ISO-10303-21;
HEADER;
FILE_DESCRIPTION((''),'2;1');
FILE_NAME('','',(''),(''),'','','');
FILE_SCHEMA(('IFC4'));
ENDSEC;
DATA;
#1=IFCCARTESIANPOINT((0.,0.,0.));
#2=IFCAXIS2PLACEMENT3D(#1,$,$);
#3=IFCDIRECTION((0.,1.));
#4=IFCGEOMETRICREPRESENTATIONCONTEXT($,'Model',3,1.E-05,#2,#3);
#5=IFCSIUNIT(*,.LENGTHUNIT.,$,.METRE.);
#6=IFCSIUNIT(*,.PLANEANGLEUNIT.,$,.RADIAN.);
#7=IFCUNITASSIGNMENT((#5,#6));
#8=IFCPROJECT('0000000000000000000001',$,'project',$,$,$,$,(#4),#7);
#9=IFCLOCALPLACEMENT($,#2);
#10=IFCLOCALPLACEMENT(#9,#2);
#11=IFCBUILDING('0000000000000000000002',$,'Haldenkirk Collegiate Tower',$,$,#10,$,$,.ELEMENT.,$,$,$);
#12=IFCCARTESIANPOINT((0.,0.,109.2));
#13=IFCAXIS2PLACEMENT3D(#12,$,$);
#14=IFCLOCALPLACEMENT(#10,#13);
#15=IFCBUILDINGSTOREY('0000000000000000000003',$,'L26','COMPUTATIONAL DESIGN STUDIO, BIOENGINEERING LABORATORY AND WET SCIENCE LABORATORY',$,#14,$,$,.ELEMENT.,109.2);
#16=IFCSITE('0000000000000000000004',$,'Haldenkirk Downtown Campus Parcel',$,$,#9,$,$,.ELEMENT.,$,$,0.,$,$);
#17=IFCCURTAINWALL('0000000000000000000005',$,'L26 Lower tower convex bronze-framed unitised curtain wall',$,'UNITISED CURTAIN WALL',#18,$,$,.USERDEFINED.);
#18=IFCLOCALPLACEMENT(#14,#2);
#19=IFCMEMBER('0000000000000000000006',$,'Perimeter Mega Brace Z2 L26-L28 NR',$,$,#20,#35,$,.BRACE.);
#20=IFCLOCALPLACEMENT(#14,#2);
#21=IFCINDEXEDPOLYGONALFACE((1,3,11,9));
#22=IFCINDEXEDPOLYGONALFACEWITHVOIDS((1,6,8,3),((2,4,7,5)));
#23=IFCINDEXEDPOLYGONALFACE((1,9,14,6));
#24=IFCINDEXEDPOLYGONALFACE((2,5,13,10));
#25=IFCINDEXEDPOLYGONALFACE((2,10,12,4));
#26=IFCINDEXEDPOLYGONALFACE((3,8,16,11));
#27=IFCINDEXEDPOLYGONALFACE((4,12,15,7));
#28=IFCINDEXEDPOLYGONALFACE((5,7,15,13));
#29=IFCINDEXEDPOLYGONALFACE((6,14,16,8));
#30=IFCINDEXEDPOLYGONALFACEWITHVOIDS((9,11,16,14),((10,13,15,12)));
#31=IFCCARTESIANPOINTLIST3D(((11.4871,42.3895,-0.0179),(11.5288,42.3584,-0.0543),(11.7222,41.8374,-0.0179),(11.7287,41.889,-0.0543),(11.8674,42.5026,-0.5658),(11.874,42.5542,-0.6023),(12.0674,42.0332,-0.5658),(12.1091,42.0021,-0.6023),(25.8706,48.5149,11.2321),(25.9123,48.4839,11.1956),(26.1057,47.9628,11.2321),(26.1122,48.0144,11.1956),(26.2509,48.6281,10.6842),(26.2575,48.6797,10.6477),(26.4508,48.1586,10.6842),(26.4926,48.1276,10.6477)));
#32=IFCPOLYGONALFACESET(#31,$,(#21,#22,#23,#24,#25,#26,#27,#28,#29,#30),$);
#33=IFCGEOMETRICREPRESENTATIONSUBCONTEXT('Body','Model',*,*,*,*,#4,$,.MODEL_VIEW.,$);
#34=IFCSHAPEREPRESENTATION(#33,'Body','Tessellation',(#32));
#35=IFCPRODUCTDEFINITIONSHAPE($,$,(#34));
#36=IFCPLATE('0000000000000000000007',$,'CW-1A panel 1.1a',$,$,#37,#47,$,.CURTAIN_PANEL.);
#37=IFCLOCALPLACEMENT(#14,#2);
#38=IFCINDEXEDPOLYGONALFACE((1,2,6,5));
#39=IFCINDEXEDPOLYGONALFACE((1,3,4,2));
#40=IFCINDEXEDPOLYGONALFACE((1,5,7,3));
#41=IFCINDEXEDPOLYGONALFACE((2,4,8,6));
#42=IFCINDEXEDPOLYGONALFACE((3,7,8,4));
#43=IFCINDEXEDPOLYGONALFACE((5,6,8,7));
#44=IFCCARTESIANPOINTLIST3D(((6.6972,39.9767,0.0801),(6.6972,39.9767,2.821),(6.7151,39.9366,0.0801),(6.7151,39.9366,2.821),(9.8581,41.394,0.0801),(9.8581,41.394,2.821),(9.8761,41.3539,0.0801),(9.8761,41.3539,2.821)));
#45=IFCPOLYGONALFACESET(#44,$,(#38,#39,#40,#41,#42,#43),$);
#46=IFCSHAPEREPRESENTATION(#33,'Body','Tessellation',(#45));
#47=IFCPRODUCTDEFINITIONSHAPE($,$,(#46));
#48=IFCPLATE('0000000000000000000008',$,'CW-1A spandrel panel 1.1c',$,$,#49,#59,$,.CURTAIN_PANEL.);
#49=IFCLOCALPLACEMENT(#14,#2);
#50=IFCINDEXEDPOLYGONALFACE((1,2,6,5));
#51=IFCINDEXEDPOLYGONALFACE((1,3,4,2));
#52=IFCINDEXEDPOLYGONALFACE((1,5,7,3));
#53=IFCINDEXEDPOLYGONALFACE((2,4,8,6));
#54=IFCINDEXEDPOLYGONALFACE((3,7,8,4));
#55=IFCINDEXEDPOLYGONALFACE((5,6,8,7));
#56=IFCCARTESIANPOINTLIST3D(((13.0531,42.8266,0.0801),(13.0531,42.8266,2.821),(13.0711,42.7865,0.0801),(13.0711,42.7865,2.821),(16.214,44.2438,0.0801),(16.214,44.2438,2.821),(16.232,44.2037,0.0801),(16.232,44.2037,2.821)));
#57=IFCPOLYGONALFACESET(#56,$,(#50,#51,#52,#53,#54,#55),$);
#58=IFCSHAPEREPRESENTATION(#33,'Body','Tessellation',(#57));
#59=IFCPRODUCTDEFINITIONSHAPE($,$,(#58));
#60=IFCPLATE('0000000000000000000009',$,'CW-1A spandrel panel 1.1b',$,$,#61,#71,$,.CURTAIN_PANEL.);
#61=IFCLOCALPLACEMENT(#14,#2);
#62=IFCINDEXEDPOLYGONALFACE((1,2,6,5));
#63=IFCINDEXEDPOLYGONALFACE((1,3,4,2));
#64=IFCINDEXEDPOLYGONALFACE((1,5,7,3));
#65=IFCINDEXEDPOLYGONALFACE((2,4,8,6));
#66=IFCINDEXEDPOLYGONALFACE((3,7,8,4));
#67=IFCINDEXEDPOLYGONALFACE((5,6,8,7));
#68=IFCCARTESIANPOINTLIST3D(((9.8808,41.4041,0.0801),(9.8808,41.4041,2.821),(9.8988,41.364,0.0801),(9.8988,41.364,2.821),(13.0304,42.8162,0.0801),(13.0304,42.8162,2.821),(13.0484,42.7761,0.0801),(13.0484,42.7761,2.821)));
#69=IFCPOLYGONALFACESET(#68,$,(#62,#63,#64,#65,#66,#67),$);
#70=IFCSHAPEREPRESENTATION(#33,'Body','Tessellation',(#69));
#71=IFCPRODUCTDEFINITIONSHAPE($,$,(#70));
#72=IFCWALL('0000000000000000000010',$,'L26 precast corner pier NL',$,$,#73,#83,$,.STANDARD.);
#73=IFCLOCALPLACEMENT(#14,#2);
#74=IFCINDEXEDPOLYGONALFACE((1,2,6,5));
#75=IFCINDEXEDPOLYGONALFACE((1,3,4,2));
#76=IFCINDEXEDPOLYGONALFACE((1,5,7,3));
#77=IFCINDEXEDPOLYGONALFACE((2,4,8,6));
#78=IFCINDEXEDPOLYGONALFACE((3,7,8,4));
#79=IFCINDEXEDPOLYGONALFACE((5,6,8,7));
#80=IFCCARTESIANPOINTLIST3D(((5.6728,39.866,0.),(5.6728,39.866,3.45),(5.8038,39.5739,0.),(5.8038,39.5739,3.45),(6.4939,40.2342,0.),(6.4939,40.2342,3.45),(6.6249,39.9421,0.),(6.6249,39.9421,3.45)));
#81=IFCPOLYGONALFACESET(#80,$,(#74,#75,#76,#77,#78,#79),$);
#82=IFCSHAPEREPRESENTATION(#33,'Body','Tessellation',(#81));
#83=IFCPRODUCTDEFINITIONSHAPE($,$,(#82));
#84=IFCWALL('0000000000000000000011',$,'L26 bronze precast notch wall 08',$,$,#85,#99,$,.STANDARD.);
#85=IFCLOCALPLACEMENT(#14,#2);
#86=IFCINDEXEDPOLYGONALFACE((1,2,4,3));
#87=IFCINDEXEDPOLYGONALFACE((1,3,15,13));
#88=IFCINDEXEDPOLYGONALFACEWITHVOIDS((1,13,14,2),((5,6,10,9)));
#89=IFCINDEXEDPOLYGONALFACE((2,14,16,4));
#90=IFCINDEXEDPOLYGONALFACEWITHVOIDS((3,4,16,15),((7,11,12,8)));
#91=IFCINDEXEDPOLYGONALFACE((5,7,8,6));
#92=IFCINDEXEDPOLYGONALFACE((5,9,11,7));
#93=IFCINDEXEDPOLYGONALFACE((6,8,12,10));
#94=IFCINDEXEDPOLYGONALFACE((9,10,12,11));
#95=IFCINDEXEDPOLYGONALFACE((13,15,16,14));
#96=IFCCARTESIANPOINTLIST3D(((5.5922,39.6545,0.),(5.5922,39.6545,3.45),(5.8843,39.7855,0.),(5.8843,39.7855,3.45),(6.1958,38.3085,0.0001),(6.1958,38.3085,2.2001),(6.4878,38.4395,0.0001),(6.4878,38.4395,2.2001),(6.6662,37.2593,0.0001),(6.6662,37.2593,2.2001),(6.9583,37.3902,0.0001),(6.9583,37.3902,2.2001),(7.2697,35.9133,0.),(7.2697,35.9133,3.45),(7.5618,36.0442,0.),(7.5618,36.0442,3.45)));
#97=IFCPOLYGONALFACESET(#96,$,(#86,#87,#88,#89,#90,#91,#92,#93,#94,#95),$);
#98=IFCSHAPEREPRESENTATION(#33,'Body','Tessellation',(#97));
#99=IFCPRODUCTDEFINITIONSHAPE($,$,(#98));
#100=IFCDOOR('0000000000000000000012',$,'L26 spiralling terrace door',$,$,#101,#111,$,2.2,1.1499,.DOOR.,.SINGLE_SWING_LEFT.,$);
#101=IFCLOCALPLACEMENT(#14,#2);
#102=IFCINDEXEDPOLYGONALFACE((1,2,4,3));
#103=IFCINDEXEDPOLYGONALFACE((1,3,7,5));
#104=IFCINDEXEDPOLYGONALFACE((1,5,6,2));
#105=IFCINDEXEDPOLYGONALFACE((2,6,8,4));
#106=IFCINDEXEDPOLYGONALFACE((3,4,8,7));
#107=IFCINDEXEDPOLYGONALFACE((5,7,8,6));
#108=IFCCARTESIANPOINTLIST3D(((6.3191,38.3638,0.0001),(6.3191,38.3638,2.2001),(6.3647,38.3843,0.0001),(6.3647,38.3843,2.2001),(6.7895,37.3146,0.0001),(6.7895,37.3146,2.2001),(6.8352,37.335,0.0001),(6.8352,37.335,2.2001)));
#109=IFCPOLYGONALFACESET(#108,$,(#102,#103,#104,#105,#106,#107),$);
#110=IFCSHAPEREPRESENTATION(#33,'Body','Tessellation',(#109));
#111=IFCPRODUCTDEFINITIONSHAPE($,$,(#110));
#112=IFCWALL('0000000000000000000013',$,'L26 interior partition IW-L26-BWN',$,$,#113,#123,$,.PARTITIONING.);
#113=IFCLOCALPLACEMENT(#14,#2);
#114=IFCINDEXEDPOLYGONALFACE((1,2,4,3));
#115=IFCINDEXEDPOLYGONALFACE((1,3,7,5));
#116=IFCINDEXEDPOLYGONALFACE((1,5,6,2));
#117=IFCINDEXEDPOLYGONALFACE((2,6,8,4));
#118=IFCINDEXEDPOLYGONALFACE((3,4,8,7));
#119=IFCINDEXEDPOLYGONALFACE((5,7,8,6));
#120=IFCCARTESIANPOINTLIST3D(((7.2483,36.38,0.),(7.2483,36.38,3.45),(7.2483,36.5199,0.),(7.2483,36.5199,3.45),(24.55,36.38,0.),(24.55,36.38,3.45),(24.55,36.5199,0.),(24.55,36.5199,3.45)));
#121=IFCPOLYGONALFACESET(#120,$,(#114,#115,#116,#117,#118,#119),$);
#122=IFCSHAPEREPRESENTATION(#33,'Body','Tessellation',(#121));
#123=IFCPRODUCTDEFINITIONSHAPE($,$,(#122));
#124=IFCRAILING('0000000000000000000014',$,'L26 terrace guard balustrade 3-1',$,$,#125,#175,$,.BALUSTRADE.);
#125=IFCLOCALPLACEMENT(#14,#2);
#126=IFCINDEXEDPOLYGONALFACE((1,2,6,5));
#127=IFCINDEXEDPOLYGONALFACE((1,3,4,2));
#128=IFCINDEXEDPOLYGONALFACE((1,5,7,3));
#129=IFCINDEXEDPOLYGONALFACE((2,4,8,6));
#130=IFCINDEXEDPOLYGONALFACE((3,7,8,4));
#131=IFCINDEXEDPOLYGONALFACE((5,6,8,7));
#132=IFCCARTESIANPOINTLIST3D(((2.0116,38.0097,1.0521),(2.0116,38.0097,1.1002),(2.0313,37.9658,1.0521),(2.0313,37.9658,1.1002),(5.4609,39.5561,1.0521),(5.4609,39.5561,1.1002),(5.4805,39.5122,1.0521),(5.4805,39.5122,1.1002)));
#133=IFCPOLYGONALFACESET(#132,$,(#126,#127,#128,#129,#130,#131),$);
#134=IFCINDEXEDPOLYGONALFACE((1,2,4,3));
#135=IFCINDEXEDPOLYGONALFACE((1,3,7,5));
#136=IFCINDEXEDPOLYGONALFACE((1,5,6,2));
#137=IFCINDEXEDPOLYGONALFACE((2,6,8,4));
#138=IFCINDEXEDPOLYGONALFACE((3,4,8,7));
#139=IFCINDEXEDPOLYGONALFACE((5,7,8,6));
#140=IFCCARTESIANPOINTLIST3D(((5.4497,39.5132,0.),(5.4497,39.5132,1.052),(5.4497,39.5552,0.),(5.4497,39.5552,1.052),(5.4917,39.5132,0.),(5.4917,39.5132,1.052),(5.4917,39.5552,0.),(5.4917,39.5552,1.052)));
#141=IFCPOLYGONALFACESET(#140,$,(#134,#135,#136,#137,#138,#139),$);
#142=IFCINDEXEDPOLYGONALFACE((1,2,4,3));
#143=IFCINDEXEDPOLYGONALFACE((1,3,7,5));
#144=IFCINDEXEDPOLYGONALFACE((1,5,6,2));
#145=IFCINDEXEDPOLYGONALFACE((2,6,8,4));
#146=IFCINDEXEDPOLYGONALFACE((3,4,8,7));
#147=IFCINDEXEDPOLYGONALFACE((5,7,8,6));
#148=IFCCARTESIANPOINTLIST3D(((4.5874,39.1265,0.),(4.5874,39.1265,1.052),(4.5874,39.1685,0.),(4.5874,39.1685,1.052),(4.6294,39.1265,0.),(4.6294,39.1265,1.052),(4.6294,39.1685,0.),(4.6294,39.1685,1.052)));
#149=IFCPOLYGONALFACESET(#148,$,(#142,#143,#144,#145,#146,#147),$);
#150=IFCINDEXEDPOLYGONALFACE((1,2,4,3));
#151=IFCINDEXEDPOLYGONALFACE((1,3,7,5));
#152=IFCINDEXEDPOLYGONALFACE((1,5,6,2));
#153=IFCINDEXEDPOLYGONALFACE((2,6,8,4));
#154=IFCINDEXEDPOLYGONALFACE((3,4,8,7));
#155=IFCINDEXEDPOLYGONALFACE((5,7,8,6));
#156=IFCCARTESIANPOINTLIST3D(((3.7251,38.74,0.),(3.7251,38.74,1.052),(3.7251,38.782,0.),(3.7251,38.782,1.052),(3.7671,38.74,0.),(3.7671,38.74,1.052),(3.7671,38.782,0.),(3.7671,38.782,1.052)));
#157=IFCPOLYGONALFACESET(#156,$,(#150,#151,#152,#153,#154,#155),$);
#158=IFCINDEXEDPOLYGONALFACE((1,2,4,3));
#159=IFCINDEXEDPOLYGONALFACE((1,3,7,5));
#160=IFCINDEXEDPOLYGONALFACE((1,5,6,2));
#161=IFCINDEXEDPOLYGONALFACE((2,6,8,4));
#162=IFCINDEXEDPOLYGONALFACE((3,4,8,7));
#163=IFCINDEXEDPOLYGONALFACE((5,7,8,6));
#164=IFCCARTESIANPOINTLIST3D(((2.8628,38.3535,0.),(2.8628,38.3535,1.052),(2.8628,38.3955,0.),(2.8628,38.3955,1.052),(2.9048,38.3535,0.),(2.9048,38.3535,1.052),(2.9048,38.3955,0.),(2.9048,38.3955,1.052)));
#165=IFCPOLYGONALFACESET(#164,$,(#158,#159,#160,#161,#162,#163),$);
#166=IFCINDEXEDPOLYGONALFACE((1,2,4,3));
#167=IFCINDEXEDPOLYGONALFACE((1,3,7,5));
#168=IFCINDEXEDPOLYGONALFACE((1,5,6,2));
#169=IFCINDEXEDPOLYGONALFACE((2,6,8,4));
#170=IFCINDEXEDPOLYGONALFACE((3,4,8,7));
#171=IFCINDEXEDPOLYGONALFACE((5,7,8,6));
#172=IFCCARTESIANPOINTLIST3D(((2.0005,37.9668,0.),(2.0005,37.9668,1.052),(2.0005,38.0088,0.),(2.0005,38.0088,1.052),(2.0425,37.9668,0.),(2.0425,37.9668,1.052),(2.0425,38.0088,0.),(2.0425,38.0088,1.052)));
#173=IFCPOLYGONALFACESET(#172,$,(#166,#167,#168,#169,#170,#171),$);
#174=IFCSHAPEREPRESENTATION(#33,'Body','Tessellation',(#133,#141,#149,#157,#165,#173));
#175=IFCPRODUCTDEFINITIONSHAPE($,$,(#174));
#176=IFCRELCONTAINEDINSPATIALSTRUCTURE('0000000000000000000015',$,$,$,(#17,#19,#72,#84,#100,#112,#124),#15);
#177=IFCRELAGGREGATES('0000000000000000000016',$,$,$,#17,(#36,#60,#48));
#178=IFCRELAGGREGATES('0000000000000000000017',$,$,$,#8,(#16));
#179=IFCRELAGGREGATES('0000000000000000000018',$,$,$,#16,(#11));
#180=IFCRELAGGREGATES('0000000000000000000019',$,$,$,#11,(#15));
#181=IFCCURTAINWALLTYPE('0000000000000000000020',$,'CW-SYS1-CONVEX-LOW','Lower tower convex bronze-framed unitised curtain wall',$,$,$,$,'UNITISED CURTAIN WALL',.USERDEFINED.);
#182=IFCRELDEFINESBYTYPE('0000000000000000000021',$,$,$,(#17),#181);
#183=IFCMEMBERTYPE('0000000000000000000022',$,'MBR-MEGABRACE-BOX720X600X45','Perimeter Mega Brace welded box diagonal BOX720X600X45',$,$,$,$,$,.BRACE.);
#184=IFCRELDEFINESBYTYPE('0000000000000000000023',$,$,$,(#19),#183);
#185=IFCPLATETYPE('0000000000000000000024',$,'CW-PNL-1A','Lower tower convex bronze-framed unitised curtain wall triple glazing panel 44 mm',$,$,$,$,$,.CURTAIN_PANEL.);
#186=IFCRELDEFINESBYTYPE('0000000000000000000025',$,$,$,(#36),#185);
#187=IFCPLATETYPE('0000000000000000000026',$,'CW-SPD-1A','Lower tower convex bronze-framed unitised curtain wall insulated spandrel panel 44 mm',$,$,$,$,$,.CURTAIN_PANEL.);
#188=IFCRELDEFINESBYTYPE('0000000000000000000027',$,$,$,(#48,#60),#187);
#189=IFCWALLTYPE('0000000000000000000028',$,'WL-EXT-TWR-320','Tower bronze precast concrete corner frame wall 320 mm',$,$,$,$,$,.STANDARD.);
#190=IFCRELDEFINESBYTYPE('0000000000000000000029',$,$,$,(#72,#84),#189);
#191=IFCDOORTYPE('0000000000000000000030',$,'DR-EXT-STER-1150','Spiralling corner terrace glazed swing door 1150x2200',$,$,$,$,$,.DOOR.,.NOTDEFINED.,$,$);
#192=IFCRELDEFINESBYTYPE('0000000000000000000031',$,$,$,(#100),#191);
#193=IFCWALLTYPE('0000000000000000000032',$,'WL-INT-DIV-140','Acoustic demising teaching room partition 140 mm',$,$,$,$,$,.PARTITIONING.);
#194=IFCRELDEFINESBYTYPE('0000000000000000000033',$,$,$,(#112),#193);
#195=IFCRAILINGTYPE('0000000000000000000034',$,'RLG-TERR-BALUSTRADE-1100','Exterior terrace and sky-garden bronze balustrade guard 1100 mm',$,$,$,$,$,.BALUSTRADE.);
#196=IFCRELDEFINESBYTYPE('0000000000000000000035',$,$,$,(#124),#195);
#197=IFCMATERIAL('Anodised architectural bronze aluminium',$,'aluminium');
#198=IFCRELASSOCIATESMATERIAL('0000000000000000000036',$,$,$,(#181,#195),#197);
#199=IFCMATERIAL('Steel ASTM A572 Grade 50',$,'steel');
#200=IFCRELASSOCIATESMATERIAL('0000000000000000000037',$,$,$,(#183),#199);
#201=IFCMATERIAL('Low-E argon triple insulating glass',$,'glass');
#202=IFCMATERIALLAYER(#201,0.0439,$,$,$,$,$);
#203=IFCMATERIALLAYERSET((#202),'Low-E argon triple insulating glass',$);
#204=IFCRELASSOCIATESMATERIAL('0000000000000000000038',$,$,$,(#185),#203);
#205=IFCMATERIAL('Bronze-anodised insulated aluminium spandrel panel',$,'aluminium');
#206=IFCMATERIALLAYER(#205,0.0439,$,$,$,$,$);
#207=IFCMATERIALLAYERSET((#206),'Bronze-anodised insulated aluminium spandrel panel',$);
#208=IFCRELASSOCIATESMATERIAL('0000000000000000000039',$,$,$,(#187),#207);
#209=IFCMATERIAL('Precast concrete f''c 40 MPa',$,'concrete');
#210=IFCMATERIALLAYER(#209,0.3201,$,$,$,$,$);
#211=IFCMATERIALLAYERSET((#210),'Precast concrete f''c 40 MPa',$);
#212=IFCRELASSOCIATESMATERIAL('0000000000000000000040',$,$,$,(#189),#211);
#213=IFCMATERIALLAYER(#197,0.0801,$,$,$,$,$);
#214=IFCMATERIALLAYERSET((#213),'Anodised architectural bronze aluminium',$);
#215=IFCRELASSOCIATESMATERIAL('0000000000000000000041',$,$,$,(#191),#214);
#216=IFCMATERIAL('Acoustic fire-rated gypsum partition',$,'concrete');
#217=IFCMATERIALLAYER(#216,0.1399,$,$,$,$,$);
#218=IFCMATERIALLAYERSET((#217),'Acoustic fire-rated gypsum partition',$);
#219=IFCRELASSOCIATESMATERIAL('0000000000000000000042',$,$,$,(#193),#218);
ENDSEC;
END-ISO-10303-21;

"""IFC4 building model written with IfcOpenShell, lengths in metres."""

from ifc_helpers import new_model, si_unit, direction, frame, frame_2d, origin, origin_2d, place, context, subcontext, project, spatial, rectangle, hollow_rectangle, extrude, source, transform, mapped, material, layer, layer_set, material_profile, profile_set, type_object, element, fill, aggregate, save


model = new_model("IFC4")

# Units and contexts
model_context = context("Model", 3, precision=1e-05, world=origin(), true_north=direction((0.0, 1.0)))
body_context = subcontext(model_context, "Body", "Model", "MODEL_VIEW")
ifc_project = project(units=[si_unit("LENGTHUNIT", "METRE"), si_unit("PLANEANGLEUNIT", "RADIAN")], contexts=[model_context])

# Site, building, storey
site_placement = place(None, origin())
site = spatial("IfcSite", under=ifc_project, at=site_placement, Name="Haldenkirk Downtown Campus Parcel", CompositionType="ELEMENT", RefElevation=0.0)
building_placement = place(site_placement, origin())
building = spatial("IfcBuilding", under=site, at=building_placement, Name="Haldenkirk Collegiate Tower", CompositionType="ELEMENT")
storey_placement = place(building_placement, frame((0.0, 0.0, 109.2)))
storey = spatial("IfcBuildingStorey", under=building, at=storey_placement, Name="L26", Description="COMPUTATIONAL DESIGN STUDIO, BIOENGINEERING LABORATORY AND WET SCIENCE LABORATORY", CompositionType="ELEMENT", Elevation=109.2)

# Curtain wall
ifc_material_1 = material(Name="Anodised architectural bronze aluminium", Category="aluminium")
curtain_wall_type = type_object("IfcCurtainWallType", Name="CW-SYS1-CONVEX-LOW", Description="Lower tower convex bronze-framed unitised curtain wall", ElementType="UNITISED CURTAIN WALL", PredefinedType="USERDEFINED", material=ifc_material_1)
curtain_wall_placement = place(storey_placement, origin())
curtain_wall = element("IfcCurtainWall", 1, at=curtain_wall_placement, inside=storey, type_object=curtain_wall_type, Name="L26 Lower tower convex bronze-framed unitised curtain wall", ObjectType="UNITISED CURTAIN WALL", PredefinedType="USERDEFINED")

# Member
ifc_material_2 = material(Name="Steel ASTM A572 Grade 50", Category="steel")
ifc_material_profile_1 = material_profile(ifc_material_2, hollow_rectangle(XDim=0.6001, YDim=0.72, WallThickness=0.0449, at=origin_2d()), Name="BOX720X600X45")
ifc_profile_set_1 = profile_set([ifc_material_profile_1], Name="Steel ASTM A572 Grade 50")
member_type_1 = type_object("IfcMemberType", Name="MBR-MEGABRACE-BOX720X600X45", Description="Perimeter Mega Brace welded box diagonal BOX720X600X45", PredefinedType="BRACE", material=ifc_profile_set_1)
member_1_placement = place(storey_placement, frame((11.7981, 42.1958, -0.3101), z_axis=(0.746786, 0.318032, 0.584094), x_axis=(-0.391817, 0.920043, 0.0)))
element("IfcMember", 2, at=member_1_placement, inside=storey, type_object=member_type_1, Name="Perimeter Mega Brace Z2 L26-L28 NR", PredefinedType="BRACE", context=body_context, shape_type="SweptSolid", body=[
    extrude(hollow_rectangle(XDim=0.6001, YDim=0.72, WallThickness=0.0449, at=origin_2d()), origin(), (0.0, 0.0, 1.0), 19.2605),
])

# Plates
ifc_material_3 = material(Name="Low-E argon triple insulating glass", Category="glass")
ifc_layer_1 = layer(ifc_material_3, 0.0439)
ifc_layer_set_1 = layer_set([ifc_layer_1], Name="Low-E argon triple insulating glass")
plate_type_1 = type_object("IfcPlateType", Name="CW-PNL-1A", Description="Lower tower convex bronze-framed unitised curtain wall triple glazing panel 44 mm", PredefinedType="CURTAIN_PANEL", material=ifc_layer_set_1)
shared_shape_1 = source(origin(), body_context, "Body", "SweptSolid", [
    extrude(rectangle(XDim=3.4641, YDim=0.0439, at=origin_2d()), origin(), (0.0, 0.0, 1.0), 2.741),
])
plate_1_placement = place(storey_placement, frame((8.2866, 40.6653, 0.0801), z_axis=(0.0, 0.0, 1.0), x_axis=(0.912477, 0.409127, 0.0)))
plate_1 = element("IfcPlate", 3, at=plate_1_placement, type_object=plate_type_1, Name="CW-1A panel 1.1a", PredefinedType="CURTAIN_PANEL", context=body_context, shape_type="MappedRepresentation", body=[
    mapped(shared_shape_1, transform((0.0, 0.0, 0.0), x_axis=(1.0, 0.0, 0.0), y_axis=(0.0, 1.0, 0.0), z_axis=(0.0, 0.0, 1.0), scale=1.0)),
])
ifc_material_4 = material(Name="Bronze-anodised insulated aluminium spandrel panel", Category="aluminium")
ifc_layer_2 = layer(ifc_material_4, 0.0439)
ifc_layer_set_2 = layer_set([ifc_layer_2], Name="Bronze-anodised insulated aluminium spandrel panel")
plate_type_2 = type_object("IfcPlateType", Name="CW-SPD-1A", Description="Lower tower convex bronze-framed unitised curtain wall insulated spandrel panel 44 mm", PredefinedType="CURTAIN_PANEL", material=ifc_layer_set_2)
plate_2_placement = place(storey_placement, frame((14.6426, 43.5151, 0.0801), z_axis=(0.0, 0.0, 1.0), x_axis=(0.912477, 0.409127, 0.0)))
plate_2 = element("IfcPlate", 4, at=plate_2_placement, type_object=plate_type_2, Name="CW-1A spandrel panel 1.1c", PredefinedType="CURTAIN_PANEL", context=body_context, shape_type="MappedRepresentation", body=[
    mapped(shared_shape_1, transform((0.0, 0.0, 0.0), x_axis=(1.0, 0.0, 0.0), y_axis=(0.0, 1.0, 0.0), z_axis=(0.0, 0.0, 1.0), scale=1.0)),
])
shared_shape_2 = source(origin(), body_context, "Body", "SweptSolid", [
    extrude(rectangle(XDim=3.4517, YDim=0.0439, at=origin_2d()), origin(), (0.0, 0.0, 1.0), 2.741),
])
plate_3_placement = place(storey_placement, frame((11.4646, 42.0901, 0.0801), z_axis=(0.0, 0.0, 1.0), x_axis=(0.912477, 0.409127, 0.0)))
plate_3 = element("IfcPlate", 5, at=plate_3_placement, type_object=plate_type_2, Name="CW-1A spandrel panel 1.1b", PredefinedType="CURTAIN_PANEL", context=body_context, shape_type="MappedRepresentation", body=[
    mapped(shared_shape_2, transform((0.0, 0.0, 0.0), x_axis=(1.0, 0.0, 0.0), y_axis=(0.0, 1.0, 0.0), z_axis=(0.0, 0.0, 1.0), scale=1.0)),
])
aggregate(curtain_wall, [plate_1, plate_3, plate_2])

# Wall
ifc_material_5 = material(Name="Precast concrete f'c 40 MPa", Category="concrete")
ifc_layer_3 = layer(ifc_material_5, 0.3201)
ifc_layer_set_3 = layer_set([ifc_layer_3], Name="Precast concrete f'c 40 MPa")
wall_type_1 = type_object("IfcWallType", Name="WL-EXT-TWR-320", Description="Tower bronze precast concrete corner frame wall 320 mm", PredefinedType="STANDARD", material=ifc_layer_set_3)
wall_1_placement = place(storey_placement, frame((5.7383, 39.72, 0.0), z_axis=(0.0, 0.0, 1.0), x_axis=(0.912464, 0.409157, 0.0)))
element("IfcWall", 6, at=wall_1_placement, inside=storey, type_object=wall_type_1, Name="L26 precast corner pier NL", PredefinedType="STANDARD", context=body_context, shape_type="SweptSolid", body=[
    extrude(rectangle(XDim=0.8999, YDim=0.3201, at=frame_2d((0.45, 0.0))), origin(), (0.0, 0.0, 1.0), 3.45),
])

# Wall, opening, door
wall_2_placement = place(storey_placement, frame((7.4158, 35.9788, 0.0), z_axis=(0.0, 0.0, 1.0), x_axis=(-0.409136, 0.912473, 0.0)))
wall_2 = element("IfcWall", 7, at=wall_2_placement, inside=storey, type_object=wall_type_1, Name="L26 bronze precast notch wall 08", PredefinedType="STANDARD", context=body_context, shape_type="SweptSolid", body=[
    extrude(rectangle(XDim=4.1001, YDim=0.3201, at=frame_2d((2.05, 0.0))), origin(), (0.0, 0.0, 1.0), 3.45),
])
opening_placement = place(wall_2_placement, frame((1.4751, 0.0, 0.0)))
opening = element("IfcOpeningElement", 8, at=opening_placement, cuts=wall_2, PredefinedType="OPENING", context=body_context, shape_type="SweptSolid", body=[
    extrude(rectangle(XDim=1.1499, YDim=2.2, at=frame_2d((0.575, 1.1001))), frame((0.0, 0.1699, 0.0), z_axis=(0.0, -1.0, 0.0), x_axis=(1.0, 0.0, 0.0)), (0.0, 0.0, 1.0), 0.3401),
])
ifc_layer_4 = layer(ifc_material_1, 0.0801)
ifc_layer_set_4 = layer_set([ifc_layer_4], Name="Anodised architectural bronze aluminium")
door_type = type_object("IfcDoorType", Name="DR-EXT-STER-1150", Description="Spiralling corner terrace glazed swing door 1150x2200", OperationType="NOTDEFINED", PredefinedType="DOOR", material=ifc_layer_set_4)
door_placement = place(opening_placement, origin())
door = element("IfcDoor", 9, at=door_placement, inside=storey, type_object=door_type, Name="L26 spiralling terrace door", OperationType="SINGLE_SWING_LEFT", OverallHeight=2.2, OverallWidth=1.1499, PredefinedType="DOOR", context=body_context, shape_type="SweptSolid", body=[
    extrude(rectangle(XDim=1.1499, YDim=2.2, at=frame_2d((0.575, 1.1001))), frame((0.0, 0.0249, 0.0), z_axis=(0.0, -1.0, 0.0), x_axis=(1.0, 0.0, 0.0)), (0.0, 0.0, 1.0), 0.05),
])
fill(opening, door)

# Wall
ifc_material_6 = material(Name="Acoustic fire-rated gypsum partition", Category="concrete")
ifc_layer_5 = layer(ifc_material_6, 0.1399)
ifc_layer_set_5 = layer_set([ifc_layer_5], Name="Acoustic fire-rated gypsum partition")
wall_type_2 = type_object("IfcWallType", Name="WL-INT-DIV-140", Description="Acoustic demising teaching room partition 140 mm", PredefinedType="PARTITIONING", material=ifc_layer_set_5)
wall_3_placement = place(storey_placement, frame((7.2483, 36.45, 0.0), z_axis=(0.0, 0.0, 1.0), x_axis=(1.0, 0.0, 0.0)))
element("IfcWall", 10, at=wall_3_placement, inside=storey, type_object=wall_type_2, Name="L26 interior partition IW-L26-BWN", PredefinedType="PARTITIONING", context=body_context, shape_type="SweptSolid", body=[
    extrude(rectangle(XDim=17.3018, YDim=0.1399, at=frame_2d((8.6509, 0.0))), origin(), (0.0, 0.0, 1.0), 3.45),
])

# Railing
railing_type = type_object("IfcRailingType", Name="RLG-TERR-BALUSTRADE-1100", Description="Exterior terrace and sky-garden bronze balustrade guard 1100 mm", PredefinedType="BALUSTRADE", material=ifc_material_1)
railing_1_placement = place(storey_placement, frame((5.4707, 39.5342, 0.0)))
element("IfcRailing", 11, at=railing_1_placement, inside=storey, type_object=railing_type, Name="L26 terrace guard balustrade 3-1", PredefinedType="BALUSTRADE", context=body_context, shape_type="SweptSolid", body=[
    extrude(rectangle(XDim=0.0481, YDim=0.0481, at=origin_2d()), frame((0.0, 0.0, 1.0762), z_axis=(-0.912491, -0.409097, 0.0), x_axis=(0.409097, -0.912491, 0.0)), (0.0, 0.0, 1.0), 3.78),
    extrude(rectangle(XDim=0.042, YDim=0.042, at=origin_2d()), origin(), (0.0, 0.0, 1.0), 1.052),
    extrude(rectangle(XDim=0.042, YDim=0.042, at=origin_2d()), frame((-0.8623, -0.3867, 0.0)), (0.0, 0.0, 1.0), 1.052),
    extrude(rectangle(XDim=0.042, YDim=0.042, at=origin_2d()), frame((-1.7246, -0.7732, 0.0)), (0.0, 0.0, 1.0), 1.052),
    extrude(rectangle(XDim=0.042, YDim=0.042, at=origin_2d()), frame((-2.5869, -1.1597, 0.0)), (0.0, 0.0, 1.0), 1.052),
    extrude(rectangle(XDim=0.042, YDim=0.042, at=origin_2d()), frame((-3.4492, -1.5464, 0.0)), (0.0, 0.0, 1.0), 1.052),
])

save(model, "model.ifc")
